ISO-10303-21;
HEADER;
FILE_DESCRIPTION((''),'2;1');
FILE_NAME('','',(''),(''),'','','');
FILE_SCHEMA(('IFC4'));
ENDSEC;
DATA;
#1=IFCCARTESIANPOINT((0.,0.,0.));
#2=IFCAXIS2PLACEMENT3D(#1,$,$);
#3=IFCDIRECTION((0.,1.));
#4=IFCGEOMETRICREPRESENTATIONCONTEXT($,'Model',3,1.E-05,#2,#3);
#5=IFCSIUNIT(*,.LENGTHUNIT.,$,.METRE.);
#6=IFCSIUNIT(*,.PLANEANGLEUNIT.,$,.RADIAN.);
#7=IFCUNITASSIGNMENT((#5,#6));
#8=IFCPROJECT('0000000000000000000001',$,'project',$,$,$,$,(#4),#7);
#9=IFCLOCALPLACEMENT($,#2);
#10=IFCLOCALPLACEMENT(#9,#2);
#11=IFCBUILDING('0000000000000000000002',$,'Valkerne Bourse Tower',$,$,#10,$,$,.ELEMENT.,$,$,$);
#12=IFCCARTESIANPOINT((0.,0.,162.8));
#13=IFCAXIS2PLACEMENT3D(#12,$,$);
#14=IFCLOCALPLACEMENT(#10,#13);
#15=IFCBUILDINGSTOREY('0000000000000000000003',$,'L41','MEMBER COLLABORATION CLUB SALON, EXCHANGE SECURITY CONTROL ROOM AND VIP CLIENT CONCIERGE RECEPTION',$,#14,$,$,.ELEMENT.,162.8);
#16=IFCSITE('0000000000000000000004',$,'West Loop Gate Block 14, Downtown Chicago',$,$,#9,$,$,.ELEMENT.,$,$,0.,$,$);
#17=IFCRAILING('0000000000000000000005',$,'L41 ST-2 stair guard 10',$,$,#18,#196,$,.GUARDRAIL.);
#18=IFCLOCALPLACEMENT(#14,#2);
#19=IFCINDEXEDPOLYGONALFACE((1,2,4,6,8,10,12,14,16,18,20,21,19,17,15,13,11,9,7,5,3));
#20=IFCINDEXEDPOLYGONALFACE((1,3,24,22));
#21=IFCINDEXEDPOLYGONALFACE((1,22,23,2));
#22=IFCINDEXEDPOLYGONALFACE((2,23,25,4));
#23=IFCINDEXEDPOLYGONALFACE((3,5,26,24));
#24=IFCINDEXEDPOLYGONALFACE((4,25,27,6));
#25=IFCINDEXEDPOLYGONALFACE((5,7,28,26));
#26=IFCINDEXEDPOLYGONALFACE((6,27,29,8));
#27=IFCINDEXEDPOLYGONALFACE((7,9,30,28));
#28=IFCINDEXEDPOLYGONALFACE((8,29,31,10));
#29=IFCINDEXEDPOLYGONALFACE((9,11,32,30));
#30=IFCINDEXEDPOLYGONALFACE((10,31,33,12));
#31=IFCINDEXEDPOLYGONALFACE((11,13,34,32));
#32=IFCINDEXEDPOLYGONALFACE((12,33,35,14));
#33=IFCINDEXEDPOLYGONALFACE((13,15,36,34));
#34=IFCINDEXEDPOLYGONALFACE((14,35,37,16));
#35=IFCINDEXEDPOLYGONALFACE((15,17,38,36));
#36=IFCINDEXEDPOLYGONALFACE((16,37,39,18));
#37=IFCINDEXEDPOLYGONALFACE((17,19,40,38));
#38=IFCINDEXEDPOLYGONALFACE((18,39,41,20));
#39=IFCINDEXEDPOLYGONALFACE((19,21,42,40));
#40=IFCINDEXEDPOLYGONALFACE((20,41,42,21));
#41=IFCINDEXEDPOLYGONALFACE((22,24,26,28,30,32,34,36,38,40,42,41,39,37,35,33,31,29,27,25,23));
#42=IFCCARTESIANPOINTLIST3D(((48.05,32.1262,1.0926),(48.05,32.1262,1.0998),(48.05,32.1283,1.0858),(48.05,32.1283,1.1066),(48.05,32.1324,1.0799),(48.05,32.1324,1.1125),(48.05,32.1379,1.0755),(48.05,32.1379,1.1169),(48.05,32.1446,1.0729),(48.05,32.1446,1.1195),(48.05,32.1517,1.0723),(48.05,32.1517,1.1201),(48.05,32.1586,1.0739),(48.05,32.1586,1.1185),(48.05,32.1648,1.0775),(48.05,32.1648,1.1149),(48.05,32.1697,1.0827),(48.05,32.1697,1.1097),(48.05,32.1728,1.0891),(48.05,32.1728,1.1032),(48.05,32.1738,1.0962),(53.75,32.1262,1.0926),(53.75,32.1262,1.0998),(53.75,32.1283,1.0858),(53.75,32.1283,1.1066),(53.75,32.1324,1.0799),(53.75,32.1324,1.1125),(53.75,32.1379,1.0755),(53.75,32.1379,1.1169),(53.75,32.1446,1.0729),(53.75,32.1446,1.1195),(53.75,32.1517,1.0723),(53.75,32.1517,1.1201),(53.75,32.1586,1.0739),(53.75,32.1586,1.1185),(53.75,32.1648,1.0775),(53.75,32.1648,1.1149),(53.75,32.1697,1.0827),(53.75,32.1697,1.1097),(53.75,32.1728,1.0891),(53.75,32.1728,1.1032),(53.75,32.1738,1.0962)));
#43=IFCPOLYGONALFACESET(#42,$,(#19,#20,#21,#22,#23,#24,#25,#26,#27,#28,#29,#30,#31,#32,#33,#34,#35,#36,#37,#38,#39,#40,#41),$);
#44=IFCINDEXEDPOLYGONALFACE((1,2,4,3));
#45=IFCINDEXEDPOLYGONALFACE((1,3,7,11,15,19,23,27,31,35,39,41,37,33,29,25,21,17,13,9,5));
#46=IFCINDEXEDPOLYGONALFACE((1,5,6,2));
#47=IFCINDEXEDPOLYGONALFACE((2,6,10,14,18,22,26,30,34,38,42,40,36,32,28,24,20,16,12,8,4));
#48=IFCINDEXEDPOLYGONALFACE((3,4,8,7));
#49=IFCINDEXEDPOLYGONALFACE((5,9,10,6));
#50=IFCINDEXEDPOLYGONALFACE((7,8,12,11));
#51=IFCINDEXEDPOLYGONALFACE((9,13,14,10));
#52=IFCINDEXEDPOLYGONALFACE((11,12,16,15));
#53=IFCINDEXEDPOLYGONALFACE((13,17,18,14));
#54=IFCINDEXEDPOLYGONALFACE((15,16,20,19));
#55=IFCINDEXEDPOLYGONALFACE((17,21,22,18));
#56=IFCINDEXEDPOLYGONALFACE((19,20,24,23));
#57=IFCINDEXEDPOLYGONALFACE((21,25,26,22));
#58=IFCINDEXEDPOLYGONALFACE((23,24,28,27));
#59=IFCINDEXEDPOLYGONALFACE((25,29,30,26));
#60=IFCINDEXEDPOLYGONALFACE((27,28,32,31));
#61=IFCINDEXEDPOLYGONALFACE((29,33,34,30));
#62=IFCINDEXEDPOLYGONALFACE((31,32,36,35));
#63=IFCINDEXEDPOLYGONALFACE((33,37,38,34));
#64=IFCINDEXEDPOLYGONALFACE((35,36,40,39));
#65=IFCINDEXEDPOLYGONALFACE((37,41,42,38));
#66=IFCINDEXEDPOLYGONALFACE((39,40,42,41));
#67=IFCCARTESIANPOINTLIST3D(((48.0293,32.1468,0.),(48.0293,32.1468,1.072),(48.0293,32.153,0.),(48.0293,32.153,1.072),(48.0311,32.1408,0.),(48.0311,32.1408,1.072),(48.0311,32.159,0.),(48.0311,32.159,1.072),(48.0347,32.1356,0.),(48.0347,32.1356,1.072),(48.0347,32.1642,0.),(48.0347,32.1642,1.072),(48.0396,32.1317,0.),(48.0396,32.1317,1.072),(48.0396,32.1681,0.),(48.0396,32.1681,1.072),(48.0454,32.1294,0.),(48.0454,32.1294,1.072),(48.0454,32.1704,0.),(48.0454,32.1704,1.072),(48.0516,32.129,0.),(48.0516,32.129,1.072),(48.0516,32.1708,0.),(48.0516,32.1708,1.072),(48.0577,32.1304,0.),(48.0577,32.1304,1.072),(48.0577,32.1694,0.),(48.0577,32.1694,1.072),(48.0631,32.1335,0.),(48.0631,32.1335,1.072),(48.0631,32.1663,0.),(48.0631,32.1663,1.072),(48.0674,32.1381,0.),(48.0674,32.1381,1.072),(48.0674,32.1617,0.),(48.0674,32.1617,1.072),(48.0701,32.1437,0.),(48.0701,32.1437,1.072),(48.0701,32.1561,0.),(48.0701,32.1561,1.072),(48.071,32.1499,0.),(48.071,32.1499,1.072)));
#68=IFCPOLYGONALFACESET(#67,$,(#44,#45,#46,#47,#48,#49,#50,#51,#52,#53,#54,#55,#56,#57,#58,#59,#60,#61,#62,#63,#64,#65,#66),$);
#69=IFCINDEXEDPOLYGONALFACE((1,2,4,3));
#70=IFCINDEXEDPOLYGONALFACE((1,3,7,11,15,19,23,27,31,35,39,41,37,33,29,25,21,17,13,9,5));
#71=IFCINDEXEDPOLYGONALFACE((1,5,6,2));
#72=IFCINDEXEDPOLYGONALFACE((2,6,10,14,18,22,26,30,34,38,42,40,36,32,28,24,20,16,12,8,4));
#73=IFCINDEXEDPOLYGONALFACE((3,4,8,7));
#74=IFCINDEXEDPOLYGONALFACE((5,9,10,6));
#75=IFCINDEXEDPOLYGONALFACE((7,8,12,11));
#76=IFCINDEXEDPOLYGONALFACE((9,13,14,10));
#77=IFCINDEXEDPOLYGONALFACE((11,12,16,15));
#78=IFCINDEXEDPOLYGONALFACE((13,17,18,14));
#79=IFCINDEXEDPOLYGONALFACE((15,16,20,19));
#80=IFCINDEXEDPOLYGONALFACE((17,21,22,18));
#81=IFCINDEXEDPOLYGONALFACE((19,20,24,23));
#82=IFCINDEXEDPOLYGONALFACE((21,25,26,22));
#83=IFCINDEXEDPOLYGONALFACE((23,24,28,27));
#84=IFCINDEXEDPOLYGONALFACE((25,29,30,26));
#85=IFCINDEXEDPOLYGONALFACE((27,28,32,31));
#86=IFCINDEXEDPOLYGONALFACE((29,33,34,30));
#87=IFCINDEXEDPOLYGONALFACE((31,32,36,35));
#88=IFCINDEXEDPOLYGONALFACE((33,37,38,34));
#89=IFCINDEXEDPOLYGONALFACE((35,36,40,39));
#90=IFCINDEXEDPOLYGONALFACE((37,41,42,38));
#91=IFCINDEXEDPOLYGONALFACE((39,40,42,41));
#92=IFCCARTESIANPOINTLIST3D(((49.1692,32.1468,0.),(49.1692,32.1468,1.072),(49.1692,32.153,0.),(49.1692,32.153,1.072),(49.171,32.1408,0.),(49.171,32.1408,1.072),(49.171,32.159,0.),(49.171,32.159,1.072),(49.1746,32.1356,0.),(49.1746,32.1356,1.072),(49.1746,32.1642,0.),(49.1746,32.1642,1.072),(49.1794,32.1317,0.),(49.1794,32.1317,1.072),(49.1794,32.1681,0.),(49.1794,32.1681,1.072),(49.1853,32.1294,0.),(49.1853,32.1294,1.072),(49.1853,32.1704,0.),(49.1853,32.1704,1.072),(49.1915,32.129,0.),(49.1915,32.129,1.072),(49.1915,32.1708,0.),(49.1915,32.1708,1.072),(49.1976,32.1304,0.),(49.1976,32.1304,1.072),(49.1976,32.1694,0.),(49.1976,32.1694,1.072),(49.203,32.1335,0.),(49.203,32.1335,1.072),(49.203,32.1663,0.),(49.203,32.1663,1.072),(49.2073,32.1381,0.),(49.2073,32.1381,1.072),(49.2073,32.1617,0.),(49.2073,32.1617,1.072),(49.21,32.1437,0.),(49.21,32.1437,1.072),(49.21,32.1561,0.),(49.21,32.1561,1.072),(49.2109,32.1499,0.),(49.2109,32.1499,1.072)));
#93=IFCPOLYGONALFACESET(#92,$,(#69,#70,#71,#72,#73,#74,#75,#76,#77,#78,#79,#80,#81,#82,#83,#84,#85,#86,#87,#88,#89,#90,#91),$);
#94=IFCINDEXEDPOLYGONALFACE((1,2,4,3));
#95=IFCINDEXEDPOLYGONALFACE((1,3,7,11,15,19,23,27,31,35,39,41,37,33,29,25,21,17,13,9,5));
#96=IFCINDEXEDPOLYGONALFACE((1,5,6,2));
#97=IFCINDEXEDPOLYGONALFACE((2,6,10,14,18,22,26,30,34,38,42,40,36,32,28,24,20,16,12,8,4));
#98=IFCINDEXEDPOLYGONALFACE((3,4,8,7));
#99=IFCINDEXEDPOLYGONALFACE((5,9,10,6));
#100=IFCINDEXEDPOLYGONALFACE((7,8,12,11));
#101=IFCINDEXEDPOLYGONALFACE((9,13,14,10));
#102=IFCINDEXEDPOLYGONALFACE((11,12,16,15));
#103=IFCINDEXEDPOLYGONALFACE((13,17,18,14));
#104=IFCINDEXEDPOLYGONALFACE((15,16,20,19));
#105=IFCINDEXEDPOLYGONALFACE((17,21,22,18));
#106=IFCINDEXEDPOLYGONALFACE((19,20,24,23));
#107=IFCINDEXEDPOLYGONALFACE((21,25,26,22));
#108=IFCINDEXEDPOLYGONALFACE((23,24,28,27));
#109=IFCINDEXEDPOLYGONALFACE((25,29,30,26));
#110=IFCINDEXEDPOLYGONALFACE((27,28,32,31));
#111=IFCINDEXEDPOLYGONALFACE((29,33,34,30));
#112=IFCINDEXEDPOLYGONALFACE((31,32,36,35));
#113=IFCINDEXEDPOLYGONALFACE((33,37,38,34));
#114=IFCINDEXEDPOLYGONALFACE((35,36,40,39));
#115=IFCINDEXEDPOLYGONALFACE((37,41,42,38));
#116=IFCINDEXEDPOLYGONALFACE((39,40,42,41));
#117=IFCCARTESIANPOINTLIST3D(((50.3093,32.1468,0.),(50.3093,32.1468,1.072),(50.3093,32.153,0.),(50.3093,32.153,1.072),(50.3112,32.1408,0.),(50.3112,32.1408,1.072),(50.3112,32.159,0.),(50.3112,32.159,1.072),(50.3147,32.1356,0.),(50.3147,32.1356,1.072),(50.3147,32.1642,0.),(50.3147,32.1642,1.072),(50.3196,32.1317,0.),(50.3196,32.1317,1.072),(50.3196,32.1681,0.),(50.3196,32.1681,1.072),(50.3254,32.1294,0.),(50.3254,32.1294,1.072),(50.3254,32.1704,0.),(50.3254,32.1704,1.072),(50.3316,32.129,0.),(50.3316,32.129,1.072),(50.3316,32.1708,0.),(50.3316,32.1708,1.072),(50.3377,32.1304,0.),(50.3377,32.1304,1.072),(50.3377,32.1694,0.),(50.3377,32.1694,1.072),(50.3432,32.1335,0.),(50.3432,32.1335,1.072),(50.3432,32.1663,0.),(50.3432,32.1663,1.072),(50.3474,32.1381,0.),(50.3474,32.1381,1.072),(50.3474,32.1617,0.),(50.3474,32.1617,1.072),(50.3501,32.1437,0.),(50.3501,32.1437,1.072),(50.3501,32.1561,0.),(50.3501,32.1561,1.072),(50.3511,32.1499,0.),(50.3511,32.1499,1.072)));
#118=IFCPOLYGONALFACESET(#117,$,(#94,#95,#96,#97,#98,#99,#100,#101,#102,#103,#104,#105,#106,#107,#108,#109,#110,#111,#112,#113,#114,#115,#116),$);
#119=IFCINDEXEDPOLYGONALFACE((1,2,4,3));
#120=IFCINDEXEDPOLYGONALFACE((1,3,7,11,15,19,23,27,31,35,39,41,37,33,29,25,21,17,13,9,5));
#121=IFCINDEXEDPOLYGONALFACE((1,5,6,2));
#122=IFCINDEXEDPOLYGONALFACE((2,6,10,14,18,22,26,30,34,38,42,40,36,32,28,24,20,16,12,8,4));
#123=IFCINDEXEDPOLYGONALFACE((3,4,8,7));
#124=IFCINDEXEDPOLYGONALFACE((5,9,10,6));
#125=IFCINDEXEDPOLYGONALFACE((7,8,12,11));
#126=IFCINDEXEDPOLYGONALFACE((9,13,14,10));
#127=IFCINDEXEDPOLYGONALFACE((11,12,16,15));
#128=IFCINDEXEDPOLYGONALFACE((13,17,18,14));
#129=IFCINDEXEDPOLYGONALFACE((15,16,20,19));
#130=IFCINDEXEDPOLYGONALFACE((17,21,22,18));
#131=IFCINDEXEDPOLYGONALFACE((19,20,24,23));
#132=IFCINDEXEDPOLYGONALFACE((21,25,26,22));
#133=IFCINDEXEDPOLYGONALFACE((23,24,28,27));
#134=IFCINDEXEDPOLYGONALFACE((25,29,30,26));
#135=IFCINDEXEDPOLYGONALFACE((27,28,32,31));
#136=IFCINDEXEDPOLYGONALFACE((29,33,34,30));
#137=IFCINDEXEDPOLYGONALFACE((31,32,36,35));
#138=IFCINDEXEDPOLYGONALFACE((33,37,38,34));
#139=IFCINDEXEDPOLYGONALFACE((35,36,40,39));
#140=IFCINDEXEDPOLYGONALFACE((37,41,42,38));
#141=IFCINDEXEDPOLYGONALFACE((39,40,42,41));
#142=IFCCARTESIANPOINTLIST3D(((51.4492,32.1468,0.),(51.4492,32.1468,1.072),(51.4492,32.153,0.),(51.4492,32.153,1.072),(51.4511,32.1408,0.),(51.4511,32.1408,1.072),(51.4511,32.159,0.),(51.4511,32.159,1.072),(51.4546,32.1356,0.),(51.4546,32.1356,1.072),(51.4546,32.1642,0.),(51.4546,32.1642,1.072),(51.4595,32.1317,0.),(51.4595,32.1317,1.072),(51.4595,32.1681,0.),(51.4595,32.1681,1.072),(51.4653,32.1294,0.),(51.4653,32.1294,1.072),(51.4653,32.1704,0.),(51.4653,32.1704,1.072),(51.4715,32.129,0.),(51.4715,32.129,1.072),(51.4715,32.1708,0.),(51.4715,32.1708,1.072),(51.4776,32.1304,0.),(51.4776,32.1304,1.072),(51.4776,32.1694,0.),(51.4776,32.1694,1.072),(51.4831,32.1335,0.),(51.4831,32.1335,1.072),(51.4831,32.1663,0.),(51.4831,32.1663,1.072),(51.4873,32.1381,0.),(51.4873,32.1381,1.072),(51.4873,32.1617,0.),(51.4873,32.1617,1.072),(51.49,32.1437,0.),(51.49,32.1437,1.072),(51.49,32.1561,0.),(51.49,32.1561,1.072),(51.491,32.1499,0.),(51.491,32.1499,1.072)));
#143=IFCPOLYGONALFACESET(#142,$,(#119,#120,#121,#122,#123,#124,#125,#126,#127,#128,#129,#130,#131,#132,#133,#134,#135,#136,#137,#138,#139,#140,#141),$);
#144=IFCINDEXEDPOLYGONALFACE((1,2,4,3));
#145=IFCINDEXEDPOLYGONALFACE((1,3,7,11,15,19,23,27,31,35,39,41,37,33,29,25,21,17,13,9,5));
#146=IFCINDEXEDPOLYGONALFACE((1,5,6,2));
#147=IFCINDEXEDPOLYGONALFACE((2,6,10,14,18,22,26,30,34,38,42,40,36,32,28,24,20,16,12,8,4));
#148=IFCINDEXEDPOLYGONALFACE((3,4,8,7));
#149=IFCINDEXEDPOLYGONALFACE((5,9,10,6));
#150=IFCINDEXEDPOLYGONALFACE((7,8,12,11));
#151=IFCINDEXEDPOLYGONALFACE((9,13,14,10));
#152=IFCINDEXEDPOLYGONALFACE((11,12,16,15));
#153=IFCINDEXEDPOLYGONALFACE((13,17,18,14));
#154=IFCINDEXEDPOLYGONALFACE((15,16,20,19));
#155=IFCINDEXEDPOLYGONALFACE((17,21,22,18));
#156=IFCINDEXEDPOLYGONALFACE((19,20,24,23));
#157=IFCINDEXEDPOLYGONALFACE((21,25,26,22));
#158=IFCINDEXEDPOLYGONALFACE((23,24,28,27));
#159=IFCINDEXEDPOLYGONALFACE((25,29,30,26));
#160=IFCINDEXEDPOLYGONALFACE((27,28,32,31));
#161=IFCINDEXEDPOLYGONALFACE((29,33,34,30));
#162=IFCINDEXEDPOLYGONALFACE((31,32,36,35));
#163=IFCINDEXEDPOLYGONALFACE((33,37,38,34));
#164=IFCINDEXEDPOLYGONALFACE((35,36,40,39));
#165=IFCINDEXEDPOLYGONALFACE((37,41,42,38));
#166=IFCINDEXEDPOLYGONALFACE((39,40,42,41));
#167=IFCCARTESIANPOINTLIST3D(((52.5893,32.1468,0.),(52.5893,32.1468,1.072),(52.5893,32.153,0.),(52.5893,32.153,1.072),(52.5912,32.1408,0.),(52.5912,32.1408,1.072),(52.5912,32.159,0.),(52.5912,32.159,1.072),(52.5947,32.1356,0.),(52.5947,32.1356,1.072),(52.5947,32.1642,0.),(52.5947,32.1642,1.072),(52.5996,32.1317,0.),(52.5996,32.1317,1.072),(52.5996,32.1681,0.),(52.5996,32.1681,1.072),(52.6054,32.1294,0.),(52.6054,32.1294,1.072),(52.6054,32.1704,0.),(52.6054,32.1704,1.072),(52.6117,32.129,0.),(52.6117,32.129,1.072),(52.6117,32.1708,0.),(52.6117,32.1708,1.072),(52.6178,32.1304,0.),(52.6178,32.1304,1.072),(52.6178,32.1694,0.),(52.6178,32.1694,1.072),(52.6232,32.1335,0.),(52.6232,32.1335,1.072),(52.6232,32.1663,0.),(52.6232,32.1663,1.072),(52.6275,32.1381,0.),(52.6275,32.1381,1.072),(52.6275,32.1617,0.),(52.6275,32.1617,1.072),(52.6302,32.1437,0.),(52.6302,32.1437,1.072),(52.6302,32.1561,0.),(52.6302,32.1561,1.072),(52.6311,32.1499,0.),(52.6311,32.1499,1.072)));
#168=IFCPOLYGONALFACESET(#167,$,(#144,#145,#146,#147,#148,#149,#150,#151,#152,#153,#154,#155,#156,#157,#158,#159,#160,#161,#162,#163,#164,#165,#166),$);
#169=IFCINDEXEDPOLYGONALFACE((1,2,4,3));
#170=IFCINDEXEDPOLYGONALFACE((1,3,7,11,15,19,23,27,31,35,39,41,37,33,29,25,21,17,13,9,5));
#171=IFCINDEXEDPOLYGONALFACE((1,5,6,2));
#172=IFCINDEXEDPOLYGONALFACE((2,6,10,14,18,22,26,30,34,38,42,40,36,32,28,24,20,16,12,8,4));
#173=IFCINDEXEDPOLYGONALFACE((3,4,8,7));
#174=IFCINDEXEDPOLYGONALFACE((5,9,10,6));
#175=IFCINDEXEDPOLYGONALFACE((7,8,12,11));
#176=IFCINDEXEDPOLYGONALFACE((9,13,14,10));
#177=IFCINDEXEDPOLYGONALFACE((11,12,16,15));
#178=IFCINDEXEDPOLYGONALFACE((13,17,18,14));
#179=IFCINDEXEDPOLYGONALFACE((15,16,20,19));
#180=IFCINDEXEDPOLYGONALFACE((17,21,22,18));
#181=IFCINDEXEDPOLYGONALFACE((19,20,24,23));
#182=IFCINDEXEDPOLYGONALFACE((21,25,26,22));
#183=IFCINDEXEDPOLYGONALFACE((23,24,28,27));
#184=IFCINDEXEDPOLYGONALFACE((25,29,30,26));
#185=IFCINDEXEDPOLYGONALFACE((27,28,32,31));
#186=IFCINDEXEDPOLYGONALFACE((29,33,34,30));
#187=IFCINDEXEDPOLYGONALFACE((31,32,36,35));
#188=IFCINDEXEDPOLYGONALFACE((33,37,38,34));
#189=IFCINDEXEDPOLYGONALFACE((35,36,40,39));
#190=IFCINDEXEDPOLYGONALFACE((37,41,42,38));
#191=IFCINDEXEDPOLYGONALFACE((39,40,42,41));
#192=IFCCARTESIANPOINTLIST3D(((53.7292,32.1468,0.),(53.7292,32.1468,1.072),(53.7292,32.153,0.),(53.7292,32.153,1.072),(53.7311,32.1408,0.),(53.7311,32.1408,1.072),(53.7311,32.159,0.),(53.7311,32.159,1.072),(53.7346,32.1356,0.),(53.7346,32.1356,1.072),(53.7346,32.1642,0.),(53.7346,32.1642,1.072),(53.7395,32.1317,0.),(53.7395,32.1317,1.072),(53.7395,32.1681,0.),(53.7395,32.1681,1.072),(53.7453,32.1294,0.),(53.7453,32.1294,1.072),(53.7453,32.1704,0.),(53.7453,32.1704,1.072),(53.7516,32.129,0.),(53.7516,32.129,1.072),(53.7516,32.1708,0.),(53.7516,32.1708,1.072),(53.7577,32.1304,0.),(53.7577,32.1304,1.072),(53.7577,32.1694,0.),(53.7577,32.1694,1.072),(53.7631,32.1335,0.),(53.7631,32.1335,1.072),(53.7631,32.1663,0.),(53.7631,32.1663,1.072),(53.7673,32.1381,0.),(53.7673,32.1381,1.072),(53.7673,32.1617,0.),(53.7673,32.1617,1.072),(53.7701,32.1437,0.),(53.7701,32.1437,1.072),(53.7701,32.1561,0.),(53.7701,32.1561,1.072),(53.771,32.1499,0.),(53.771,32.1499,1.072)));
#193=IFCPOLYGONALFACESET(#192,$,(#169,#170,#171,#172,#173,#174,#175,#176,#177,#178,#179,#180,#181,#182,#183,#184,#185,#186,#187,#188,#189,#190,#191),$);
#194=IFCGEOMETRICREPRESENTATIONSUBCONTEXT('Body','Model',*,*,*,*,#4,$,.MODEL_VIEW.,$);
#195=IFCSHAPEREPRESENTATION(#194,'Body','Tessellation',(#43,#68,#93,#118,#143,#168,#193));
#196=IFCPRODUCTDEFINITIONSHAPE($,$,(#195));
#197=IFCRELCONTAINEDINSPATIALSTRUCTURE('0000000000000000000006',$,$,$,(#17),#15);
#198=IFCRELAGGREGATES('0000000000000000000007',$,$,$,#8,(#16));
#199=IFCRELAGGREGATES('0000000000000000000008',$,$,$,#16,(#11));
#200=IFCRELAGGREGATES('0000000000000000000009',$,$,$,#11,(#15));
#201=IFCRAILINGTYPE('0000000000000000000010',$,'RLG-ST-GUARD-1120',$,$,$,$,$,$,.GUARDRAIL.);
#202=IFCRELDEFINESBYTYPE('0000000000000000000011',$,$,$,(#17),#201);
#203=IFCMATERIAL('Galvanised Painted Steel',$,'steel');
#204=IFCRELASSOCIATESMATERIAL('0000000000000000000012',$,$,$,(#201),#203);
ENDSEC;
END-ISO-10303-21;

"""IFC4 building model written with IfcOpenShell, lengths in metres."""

from ifc_helpers import new_model, si_unit, direction, frame, origin, origin_2d, place, context, subcontext, project, spatial, circle, extrude, material, type_object, element, save


model = new_model("IFC4")

# Units and contexts
model_context = context("Model", 3, precision=1e-05, world=origin(), true_north=direction((0.0, 1.0)))
body_context = subcontext(model_context, "Body", "Model", "MODEL_VIEW")
ifc_project = project(units=[si_unit("LENGTHUNIT", "METRE"), si_unit("PLANEANGLEUNIT", "RADIAN")], contexts=[model_context])

# Site, building, storey
site_placement = place(None, origin())
site = spatial("IfcSite", under=ifc_project, at=site_placement, Name="West Loop Gate Block 14, Downtown Chicago", CompositionType="ELEMENT", RefElevation=0.0)
building_placement = place(site_placement, origin())
building = spatial("IfcBuilding", under=site, at=building_placement, Name="Valkerne Bourse Tower", CompositionType="ELEMENT")
storey_placement = place(building_placement, frame((0.0, 0.0, 162.8)))
storey = spatial("IfcBuildingStorey", under=building, at=storey_placement, Name="L41", Description="MEMBER COLLABORATION CLUB SALON, EXCHANGE SECURITY CONTROL ROOM AND VIP CLIENT CONCIERGE RECEPTION", CompositionType="ELEMENT", Elevation=162.8)

# Shared definitions
ifc_material_1 = material(Name="Galvanised Painted Steel", Category="steel")

# Railing
railing_type_1 = type_object("IfcRailingType", Name="RLG-ST-GUARD-1120", PredefinedType="GUARDRAIL", material=ifc_material_1)
for number, where, name in (
    (1, (48.05, 32.1499, 0.0), "L41 ST-2 stair guard 10"),
):
    element("IfcRailing", number, at=place(storey_placement, frame(where)), inside=storey, type_object=railing_type_1, Name=name, PredefinedType="GUARDRAIL", context=body_context, shape_type="SweptSolid", body=[
        extrude(circle(Radius=0.0239, at=origin_2d()), frame((0.0, 0.0, 1.0962), z_axis=(1.0, 0.0, 0.0), x_axis=(0.0, 1.0, 0.0)), (0.0, 0.0, 1.0), 5.7),
        extrude(circle(Radius=0.021, at=origin_2d()), origin(), (0.0, 0.0, 1.0), 1.072),
        extrude(circle(Radius=0.021, at=origin_2d()), frame((1.1399, 0.0, 0.0)), (0.0, 0.0, 1.0), 1.072),
        extrude(circle(Radius=0.021, at=origin_2d()), frame((2.28, 0.0, 0.0)), (0.0, 0.0, 1.0), 1.072),
        extrude(circle(Radius=0.021, at=origin_2d()), frame((3.4199, 0.0, 0.0)), (0.0, 0.0, 1.0), 1.072),
        extrude(circle(Radius=0.021, at=origin_2d()), frame((4.5601, 0.0, 0.0)), (0.0, 0.0, 1.0), 1.072),
        extrude(circle(Radius=0.021, at=origin_2d()), frame((5.7, 0.0, 0.0)), (0.0, 0.0, 1.0), 1.072),
    ])

save(model, "model.ifc")
